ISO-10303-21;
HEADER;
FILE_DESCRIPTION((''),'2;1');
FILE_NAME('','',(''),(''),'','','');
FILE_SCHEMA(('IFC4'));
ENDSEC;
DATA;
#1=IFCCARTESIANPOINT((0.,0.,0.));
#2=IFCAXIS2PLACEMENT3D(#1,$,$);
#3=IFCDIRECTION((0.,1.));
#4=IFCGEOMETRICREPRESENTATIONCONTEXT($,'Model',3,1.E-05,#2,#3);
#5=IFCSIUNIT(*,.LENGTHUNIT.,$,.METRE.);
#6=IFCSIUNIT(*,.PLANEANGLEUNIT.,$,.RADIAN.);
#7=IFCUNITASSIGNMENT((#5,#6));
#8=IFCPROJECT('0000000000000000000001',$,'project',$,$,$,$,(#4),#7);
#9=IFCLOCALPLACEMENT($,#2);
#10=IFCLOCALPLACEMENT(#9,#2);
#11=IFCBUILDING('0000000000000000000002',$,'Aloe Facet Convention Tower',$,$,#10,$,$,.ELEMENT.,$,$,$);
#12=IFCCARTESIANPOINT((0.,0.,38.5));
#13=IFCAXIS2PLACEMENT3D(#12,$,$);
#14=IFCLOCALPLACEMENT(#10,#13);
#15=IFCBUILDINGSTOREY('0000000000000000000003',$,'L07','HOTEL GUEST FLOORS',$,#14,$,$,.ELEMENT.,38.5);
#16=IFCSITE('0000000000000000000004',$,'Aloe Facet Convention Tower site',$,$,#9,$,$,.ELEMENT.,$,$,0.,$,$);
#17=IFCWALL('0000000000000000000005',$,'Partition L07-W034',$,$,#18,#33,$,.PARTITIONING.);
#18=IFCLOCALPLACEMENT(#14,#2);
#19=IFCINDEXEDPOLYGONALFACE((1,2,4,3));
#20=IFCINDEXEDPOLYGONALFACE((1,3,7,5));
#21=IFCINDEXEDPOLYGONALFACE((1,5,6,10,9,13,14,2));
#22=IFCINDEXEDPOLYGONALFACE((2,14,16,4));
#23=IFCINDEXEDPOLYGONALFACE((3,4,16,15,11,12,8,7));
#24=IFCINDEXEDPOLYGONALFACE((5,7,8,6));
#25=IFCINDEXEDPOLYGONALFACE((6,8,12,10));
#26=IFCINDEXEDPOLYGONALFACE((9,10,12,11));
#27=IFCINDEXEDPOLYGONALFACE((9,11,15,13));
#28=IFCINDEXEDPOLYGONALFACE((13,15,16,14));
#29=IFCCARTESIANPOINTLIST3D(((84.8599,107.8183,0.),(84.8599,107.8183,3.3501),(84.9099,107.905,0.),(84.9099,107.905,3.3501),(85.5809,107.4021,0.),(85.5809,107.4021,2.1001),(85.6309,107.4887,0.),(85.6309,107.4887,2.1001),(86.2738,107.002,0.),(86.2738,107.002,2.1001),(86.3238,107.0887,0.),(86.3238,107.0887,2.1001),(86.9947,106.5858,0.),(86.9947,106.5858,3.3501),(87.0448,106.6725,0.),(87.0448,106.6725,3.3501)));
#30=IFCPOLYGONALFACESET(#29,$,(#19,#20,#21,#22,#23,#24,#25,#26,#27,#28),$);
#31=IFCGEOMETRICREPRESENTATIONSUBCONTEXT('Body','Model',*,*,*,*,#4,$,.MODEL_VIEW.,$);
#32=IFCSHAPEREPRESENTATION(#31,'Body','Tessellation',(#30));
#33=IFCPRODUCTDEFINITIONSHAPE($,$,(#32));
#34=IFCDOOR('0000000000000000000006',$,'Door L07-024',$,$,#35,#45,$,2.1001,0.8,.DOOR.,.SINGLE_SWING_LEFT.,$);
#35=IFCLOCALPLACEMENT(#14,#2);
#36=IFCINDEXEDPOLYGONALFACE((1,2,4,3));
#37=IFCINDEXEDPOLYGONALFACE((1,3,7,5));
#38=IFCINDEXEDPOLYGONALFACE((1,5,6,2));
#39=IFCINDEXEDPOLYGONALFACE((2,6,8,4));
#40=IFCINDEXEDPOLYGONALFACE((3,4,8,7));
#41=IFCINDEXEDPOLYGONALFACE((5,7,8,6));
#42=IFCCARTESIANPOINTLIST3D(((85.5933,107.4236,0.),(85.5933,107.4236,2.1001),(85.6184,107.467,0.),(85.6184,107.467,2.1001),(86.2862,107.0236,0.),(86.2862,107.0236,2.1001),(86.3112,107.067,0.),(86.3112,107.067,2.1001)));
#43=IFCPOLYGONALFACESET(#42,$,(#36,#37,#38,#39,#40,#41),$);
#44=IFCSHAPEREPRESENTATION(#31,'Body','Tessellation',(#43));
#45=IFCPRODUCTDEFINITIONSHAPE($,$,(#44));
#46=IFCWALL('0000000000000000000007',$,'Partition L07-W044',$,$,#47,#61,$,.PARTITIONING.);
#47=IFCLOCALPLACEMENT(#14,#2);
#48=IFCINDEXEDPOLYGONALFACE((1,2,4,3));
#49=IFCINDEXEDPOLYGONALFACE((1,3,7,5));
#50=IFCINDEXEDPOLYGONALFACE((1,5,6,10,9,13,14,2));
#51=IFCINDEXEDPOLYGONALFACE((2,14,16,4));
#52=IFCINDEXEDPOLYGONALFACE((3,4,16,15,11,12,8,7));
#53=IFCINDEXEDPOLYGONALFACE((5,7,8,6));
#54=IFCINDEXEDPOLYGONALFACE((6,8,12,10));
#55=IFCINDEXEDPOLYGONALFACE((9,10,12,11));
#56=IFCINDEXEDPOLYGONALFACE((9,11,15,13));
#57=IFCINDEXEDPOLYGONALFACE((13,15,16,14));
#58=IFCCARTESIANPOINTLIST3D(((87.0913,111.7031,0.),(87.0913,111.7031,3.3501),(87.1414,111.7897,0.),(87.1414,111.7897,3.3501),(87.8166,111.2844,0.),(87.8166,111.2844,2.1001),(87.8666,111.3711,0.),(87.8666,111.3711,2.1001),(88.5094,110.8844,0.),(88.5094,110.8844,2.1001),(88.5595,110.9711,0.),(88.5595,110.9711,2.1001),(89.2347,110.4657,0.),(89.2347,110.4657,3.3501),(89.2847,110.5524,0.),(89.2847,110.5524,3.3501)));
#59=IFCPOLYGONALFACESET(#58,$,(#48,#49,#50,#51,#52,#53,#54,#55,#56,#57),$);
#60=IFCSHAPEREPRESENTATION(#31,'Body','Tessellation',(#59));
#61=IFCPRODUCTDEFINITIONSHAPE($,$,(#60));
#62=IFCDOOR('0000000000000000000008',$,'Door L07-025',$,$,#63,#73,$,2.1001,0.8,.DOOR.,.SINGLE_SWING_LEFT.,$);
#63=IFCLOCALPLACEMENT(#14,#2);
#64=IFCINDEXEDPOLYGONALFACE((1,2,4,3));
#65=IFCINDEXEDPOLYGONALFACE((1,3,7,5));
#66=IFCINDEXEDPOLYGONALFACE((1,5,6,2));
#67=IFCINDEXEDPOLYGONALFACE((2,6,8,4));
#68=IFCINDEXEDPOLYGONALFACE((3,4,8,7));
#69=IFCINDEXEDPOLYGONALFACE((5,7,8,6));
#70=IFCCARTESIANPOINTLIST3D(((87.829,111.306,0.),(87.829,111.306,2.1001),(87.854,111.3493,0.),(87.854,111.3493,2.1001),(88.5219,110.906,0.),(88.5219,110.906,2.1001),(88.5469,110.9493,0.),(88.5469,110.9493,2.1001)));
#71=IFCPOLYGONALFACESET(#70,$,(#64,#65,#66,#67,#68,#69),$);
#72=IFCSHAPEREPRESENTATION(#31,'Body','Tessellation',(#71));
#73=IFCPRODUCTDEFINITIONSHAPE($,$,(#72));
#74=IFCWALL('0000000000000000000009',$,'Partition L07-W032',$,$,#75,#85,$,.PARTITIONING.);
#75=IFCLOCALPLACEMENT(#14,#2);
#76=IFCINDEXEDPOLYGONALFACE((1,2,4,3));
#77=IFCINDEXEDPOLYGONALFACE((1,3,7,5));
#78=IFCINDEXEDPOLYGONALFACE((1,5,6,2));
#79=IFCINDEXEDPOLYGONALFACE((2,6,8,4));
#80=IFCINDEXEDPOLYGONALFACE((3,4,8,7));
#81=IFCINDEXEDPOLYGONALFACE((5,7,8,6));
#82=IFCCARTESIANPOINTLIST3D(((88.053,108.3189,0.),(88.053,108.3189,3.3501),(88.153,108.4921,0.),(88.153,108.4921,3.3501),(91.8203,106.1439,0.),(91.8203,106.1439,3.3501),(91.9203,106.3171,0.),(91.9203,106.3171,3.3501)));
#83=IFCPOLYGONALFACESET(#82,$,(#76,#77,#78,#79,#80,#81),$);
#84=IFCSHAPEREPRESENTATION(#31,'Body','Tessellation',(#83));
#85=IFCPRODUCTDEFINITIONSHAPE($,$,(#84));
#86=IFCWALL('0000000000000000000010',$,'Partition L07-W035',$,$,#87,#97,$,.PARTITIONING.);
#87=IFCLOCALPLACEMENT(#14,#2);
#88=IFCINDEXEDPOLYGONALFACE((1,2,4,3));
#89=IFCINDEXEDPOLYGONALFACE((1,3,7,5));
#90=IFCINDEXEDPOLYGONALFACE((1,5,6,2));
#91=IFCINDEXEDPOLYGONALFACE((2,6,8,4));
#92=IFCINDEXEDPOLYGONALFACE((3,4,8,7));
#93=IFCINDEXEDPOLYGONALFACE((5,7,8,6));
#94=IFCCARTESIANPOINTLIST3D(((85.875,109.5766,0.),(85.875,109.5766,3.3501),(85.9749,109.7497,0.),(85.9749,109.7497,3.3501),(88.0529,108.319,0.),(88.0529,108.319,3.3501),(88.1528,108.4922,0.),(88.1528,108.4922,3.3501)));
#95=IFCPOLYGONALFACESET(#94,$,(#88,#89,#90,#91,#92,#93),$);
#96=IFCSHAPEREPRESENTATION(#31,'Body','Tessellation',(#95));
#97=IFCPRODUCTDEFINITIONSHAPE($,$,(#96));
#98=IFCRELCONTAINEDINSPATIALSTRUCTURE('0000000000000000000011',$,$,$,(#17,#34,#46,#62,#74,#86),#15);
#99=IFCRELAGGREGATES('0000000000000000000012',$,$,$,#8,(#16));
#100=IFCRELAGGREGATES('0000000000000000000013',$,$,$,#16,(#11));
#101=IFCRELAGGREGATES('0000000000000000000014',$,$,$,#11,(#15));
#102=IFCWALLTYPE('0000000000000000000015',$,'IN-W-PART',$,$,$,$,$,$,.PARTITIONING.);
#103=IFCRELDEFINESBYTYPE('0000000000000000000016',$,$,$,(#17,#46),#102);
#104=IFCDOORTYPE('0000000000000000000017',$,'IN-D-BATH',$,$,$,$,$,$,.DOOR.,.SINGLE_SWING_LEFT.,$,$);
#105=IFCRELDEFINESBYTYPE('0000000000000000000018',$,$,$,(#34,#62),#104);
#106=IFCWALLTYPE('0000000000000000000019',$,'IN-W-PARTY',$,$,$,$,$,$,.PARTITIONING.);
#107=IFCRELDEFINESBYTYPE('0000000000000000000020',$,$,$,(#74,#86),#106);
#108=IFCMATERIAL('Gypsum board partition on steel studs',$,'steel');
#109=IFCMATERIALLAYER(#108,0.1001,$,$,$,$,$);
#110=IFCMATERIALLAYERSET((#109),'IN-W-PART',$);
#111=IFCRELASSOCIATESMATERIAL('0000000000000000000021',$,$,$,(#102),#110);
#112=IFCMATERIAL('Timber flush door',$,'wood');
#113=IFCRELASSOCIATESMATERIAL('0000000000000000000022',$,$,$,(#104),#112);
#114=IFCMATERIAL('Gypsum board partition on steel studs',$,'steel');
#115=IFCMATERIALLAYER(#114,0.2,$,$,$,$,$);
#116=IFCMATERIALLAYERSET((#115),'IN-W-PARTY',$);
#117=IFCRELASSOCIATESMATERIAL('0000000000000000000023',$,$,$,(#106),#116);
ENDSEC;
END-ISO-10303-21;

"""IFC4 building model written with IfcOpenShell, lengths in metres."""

from ifc_helpers import new_model, si_unit, direction, frame, frame_2d, origin, place, context, subcontext, project, spatial, rectangle, extrude, material, layer, layer_set, type_object, element, fill, save


model = new_model("IFC4")

# Units and contexts
model_context = context("Model", 3, precision=1e-05, world=origin(), true_north=direction((0.0, 1.0)))
body_context = subcontext(model_context, "Body", "Model", "MODEL_VIEW")
ifc_project = project(units=[si_unit("LENGTHUNIT", "METRE"), si_unit("PLANEANGLEUNIT", "RADIAN")], contexts=[model_context])

# Site, building, storey
site_placement = place(None, origin())
site = spatial("IfcSite", under=ifc_project, at=site_placement, Name="Aloe Facet Convention Tower site", CompositionType="ELEMENT", RefElevation=0.0)
building_placement = place(site_placement, origin())
building = spatial("IfcBuilding", under=site, at=building_placement, Name="Aloe Facet Convention Tower", CompositionType="ELEMENT")
storey_placement = place(building_placement, frame((0.0, 0.0, 38.5)))
storey = spatial("IfcBuildingStorey", under=building, at=storey_placement, Name="L07", Description="HOTEL GUEST FLOORS", CompositionType="ELEMENT", Elevation=38.5)

# Walls, openings, doors
ifc_material_1 = material(Name="Gypsum board partition on steel studs", Category="steel")
ifc_layer_1 = layer(ifc_material_1, 0.1001)
ifc_layer_set_1 = layer_set([ifc_layer_1], Name="IN-W-PART")
wall_type_1 = type_object("IfcWallType", Name="IN-W-PART", PredefinedType="PARTITIONING", material=ifc_layer_set_1)
wall_1_placement = place(storey_placement, frame((84.885, 107.8616, 0.0), z_axis=(0.0, 0.0, 1.0), x_axis=(0.86604, -0.499974, 0.0)))
wall_1 = element("IfcWall", 1, at=wall_1_placement, inside=storey, type_object=wall_type_1, Name="Partition L07-W034", PredefinedType="PARTITIONING", context=body_context, shape_type="SweptSolid", body=[
    extrude(rectangle(XDim=2.4651, YDim=0.1001, at=frame_2d((1.2324, 0.0))), origin(), (0.0, 0.0, 1.0), 3.3501),
])
opening_1_placement = place(wall_1_placement, frame((0.8325, 0.0, 0.0)))
opening_1 = element("IfcOpeningElement", 2, at=opening_1_placement, cuts=wall_1, PredefinedType="OPENING", context=body_context, shape_type="SweptSolid", body=[
    extrude(rectangle(XDim=0.8, YDim=2.1001, at=frame_2d((0.3999, 1.05))), frame((0.0, 0.0601, 0.0), z_axis=(0.0, -1.0, 0.0), x_axis=(1.0, 0.0, 0.0)), (0.0, 0.0, 1.0), 0.1201),
])
ifc_material_2 = material(Name="Timber flush door", Category="wood")
door_type_1 = type_object("IfcDoorType", Name="IN-D-BATH", OperationType="SINGLE_SWING_LEFT", PredefinedType="DOOR", material=ifc_material_2)
door_1_placement = place(opening_1_placement, origin())
door_1 = element("IfcDoor", 3, at=door_1_placement, inside=storey, type_object=door_type_1, Name="Door L07-024", OperationType="SINGLE_SWING_LEFT", OverallHeight=2.1001, OverallWidth=0.8, PredefinedType="DOOR", context=body_context, shape_type="SweptSolid", body=[
    extrude(rectangle(XDim=0.8, YDim=2.1001, at=frame_2d((0.3999, 1.05))), frame((0.0, 0.0249, 0.0), z_axis=(0.0, -1.0, 0.0), x_axis=(1.0, 0.0, 0.0)), (0.0, 0.0, 1.0), 0.05),
])
fill(opening_1, door_1)
wall_2_placement = place(storey_placement, frame((87.1165, 111.7463, 0.0), z_axis=(0.0, 0.0, 1.0), x_axis=(0.866049, -0.499959, 0.0)))
wall_2 = element("IfcWall", 4, at=wall_2_placement, inside=storey, type_object=wall_type_1, Name="Partition L07-W044", PredefinedType="PARTITIONING", context=body_context, shape_type="SweptSolid", body=[
    extrude(rectangle(XDim=2.4749, YDim=0.1001, at=frame_2d((1.2373, 0.0))), origin(), (0.0, 0.0, 1.0), 3.3501),
])
opening_2_placement = place(wall_2_placement, frame((0.8374, 0.0, 0.0)))
opening_2 = element("IfcOpeningElement", 5, at=opening_2_placement, cuts=wall_2, PredefinedType="OPENING", context=body_context, shape_type="SweptSolid", body=[
    extrude(rectangle(XDim=0.8, YDim=2.1001, at=frame_2d((0.3999, 1.05))), frame((0.0, 0.0601, 0.0), z_axis=(0.0, -1.0, 0.0), x_axis=(1.0, 0.0, 0.0)), (0.0, 0.0, 1.0), 0.1201),
])
door_2_placement = place(opening_2_placement, origin())
door_2 = element("IfcDoor", 6, at=door_2_placement, inside=storey, type_object=door_type_1, Name="Door L07-025", OperationType="SINGLE_SWING_LEFT", OverallHeight=2.1001, OverallWidth=0.8, PredefinedType="DOOR", context=body_context, shape_type="SweptSolid", body=[
    extrude(rectangle(XDim=0.8, YDim=2.1001, at=frame_2d((0.3999, 1.05))), frame((0.0, 0.0249, 0.0), z_axis=(0.0, -1.0, 0.0), x_axis=(1.0, 0.0, 0.0)), (0.0, 0.0, 1.0), 0.05),
])
fill(opening_2, door_2)

# Walls
ifc_material_3 = material(Name="Gypsum board partition on steel studs", Category="steel")
ifc_layer_2 = layer(ifc_material_3, 0.2)
ifc_layer_set_2 = layer_set([ifc_layer_2], Name="IN-W-PARTY")
wall_type_2 = type_object("IfcWallType", Name="IN-W-PARTY", PredefinedType="PARTITIONING", material=ifc_layer_set_2)
wall_3_placement = place(storey_placement, frame((88.103, 108.4055, 0.0), z_axis=(0.0, 0.0, 1.0), x_axis=(0.866028, -0.499996, 0.0)))
element("IfcWall", 7, at=wall_3_placement, inside=storey, type_object=wall_type_2, Name="Partition L07-W032", PredefinedType="PARTITIONING", context=body_context, shape_type="SweptSolid", body=[
    extrude(rectangle(XDim=4.3501, YDim=0.2, at=frame_2d((2.175, 0.0))), origin(), (0.0, 0.0, 1.0), 3.3501),
])
wall_4_placement = place(storey_placement, frame((85.925, 109.6631, 0.0), z_axis=(0.0, 0.0, 1.0), x_axis=(0.866006, -0.500033, 0.0)))
element("IfcWall", 8, at=wall_4_placement, inside=storey, type_object=wall_type_2, Name="Partition L07-W035", PredefinedType="PARTITIONING", context=body_context, shape_type="SweptSolid", body=[
    extrude(rectangle(XDim=2.5149, YDim=0.2, at=frame_2d((1.2573, 0.0))), origin(), (0.0, 0.0, 1.0), 3.3501),
])

save(model, "model.ifc")
